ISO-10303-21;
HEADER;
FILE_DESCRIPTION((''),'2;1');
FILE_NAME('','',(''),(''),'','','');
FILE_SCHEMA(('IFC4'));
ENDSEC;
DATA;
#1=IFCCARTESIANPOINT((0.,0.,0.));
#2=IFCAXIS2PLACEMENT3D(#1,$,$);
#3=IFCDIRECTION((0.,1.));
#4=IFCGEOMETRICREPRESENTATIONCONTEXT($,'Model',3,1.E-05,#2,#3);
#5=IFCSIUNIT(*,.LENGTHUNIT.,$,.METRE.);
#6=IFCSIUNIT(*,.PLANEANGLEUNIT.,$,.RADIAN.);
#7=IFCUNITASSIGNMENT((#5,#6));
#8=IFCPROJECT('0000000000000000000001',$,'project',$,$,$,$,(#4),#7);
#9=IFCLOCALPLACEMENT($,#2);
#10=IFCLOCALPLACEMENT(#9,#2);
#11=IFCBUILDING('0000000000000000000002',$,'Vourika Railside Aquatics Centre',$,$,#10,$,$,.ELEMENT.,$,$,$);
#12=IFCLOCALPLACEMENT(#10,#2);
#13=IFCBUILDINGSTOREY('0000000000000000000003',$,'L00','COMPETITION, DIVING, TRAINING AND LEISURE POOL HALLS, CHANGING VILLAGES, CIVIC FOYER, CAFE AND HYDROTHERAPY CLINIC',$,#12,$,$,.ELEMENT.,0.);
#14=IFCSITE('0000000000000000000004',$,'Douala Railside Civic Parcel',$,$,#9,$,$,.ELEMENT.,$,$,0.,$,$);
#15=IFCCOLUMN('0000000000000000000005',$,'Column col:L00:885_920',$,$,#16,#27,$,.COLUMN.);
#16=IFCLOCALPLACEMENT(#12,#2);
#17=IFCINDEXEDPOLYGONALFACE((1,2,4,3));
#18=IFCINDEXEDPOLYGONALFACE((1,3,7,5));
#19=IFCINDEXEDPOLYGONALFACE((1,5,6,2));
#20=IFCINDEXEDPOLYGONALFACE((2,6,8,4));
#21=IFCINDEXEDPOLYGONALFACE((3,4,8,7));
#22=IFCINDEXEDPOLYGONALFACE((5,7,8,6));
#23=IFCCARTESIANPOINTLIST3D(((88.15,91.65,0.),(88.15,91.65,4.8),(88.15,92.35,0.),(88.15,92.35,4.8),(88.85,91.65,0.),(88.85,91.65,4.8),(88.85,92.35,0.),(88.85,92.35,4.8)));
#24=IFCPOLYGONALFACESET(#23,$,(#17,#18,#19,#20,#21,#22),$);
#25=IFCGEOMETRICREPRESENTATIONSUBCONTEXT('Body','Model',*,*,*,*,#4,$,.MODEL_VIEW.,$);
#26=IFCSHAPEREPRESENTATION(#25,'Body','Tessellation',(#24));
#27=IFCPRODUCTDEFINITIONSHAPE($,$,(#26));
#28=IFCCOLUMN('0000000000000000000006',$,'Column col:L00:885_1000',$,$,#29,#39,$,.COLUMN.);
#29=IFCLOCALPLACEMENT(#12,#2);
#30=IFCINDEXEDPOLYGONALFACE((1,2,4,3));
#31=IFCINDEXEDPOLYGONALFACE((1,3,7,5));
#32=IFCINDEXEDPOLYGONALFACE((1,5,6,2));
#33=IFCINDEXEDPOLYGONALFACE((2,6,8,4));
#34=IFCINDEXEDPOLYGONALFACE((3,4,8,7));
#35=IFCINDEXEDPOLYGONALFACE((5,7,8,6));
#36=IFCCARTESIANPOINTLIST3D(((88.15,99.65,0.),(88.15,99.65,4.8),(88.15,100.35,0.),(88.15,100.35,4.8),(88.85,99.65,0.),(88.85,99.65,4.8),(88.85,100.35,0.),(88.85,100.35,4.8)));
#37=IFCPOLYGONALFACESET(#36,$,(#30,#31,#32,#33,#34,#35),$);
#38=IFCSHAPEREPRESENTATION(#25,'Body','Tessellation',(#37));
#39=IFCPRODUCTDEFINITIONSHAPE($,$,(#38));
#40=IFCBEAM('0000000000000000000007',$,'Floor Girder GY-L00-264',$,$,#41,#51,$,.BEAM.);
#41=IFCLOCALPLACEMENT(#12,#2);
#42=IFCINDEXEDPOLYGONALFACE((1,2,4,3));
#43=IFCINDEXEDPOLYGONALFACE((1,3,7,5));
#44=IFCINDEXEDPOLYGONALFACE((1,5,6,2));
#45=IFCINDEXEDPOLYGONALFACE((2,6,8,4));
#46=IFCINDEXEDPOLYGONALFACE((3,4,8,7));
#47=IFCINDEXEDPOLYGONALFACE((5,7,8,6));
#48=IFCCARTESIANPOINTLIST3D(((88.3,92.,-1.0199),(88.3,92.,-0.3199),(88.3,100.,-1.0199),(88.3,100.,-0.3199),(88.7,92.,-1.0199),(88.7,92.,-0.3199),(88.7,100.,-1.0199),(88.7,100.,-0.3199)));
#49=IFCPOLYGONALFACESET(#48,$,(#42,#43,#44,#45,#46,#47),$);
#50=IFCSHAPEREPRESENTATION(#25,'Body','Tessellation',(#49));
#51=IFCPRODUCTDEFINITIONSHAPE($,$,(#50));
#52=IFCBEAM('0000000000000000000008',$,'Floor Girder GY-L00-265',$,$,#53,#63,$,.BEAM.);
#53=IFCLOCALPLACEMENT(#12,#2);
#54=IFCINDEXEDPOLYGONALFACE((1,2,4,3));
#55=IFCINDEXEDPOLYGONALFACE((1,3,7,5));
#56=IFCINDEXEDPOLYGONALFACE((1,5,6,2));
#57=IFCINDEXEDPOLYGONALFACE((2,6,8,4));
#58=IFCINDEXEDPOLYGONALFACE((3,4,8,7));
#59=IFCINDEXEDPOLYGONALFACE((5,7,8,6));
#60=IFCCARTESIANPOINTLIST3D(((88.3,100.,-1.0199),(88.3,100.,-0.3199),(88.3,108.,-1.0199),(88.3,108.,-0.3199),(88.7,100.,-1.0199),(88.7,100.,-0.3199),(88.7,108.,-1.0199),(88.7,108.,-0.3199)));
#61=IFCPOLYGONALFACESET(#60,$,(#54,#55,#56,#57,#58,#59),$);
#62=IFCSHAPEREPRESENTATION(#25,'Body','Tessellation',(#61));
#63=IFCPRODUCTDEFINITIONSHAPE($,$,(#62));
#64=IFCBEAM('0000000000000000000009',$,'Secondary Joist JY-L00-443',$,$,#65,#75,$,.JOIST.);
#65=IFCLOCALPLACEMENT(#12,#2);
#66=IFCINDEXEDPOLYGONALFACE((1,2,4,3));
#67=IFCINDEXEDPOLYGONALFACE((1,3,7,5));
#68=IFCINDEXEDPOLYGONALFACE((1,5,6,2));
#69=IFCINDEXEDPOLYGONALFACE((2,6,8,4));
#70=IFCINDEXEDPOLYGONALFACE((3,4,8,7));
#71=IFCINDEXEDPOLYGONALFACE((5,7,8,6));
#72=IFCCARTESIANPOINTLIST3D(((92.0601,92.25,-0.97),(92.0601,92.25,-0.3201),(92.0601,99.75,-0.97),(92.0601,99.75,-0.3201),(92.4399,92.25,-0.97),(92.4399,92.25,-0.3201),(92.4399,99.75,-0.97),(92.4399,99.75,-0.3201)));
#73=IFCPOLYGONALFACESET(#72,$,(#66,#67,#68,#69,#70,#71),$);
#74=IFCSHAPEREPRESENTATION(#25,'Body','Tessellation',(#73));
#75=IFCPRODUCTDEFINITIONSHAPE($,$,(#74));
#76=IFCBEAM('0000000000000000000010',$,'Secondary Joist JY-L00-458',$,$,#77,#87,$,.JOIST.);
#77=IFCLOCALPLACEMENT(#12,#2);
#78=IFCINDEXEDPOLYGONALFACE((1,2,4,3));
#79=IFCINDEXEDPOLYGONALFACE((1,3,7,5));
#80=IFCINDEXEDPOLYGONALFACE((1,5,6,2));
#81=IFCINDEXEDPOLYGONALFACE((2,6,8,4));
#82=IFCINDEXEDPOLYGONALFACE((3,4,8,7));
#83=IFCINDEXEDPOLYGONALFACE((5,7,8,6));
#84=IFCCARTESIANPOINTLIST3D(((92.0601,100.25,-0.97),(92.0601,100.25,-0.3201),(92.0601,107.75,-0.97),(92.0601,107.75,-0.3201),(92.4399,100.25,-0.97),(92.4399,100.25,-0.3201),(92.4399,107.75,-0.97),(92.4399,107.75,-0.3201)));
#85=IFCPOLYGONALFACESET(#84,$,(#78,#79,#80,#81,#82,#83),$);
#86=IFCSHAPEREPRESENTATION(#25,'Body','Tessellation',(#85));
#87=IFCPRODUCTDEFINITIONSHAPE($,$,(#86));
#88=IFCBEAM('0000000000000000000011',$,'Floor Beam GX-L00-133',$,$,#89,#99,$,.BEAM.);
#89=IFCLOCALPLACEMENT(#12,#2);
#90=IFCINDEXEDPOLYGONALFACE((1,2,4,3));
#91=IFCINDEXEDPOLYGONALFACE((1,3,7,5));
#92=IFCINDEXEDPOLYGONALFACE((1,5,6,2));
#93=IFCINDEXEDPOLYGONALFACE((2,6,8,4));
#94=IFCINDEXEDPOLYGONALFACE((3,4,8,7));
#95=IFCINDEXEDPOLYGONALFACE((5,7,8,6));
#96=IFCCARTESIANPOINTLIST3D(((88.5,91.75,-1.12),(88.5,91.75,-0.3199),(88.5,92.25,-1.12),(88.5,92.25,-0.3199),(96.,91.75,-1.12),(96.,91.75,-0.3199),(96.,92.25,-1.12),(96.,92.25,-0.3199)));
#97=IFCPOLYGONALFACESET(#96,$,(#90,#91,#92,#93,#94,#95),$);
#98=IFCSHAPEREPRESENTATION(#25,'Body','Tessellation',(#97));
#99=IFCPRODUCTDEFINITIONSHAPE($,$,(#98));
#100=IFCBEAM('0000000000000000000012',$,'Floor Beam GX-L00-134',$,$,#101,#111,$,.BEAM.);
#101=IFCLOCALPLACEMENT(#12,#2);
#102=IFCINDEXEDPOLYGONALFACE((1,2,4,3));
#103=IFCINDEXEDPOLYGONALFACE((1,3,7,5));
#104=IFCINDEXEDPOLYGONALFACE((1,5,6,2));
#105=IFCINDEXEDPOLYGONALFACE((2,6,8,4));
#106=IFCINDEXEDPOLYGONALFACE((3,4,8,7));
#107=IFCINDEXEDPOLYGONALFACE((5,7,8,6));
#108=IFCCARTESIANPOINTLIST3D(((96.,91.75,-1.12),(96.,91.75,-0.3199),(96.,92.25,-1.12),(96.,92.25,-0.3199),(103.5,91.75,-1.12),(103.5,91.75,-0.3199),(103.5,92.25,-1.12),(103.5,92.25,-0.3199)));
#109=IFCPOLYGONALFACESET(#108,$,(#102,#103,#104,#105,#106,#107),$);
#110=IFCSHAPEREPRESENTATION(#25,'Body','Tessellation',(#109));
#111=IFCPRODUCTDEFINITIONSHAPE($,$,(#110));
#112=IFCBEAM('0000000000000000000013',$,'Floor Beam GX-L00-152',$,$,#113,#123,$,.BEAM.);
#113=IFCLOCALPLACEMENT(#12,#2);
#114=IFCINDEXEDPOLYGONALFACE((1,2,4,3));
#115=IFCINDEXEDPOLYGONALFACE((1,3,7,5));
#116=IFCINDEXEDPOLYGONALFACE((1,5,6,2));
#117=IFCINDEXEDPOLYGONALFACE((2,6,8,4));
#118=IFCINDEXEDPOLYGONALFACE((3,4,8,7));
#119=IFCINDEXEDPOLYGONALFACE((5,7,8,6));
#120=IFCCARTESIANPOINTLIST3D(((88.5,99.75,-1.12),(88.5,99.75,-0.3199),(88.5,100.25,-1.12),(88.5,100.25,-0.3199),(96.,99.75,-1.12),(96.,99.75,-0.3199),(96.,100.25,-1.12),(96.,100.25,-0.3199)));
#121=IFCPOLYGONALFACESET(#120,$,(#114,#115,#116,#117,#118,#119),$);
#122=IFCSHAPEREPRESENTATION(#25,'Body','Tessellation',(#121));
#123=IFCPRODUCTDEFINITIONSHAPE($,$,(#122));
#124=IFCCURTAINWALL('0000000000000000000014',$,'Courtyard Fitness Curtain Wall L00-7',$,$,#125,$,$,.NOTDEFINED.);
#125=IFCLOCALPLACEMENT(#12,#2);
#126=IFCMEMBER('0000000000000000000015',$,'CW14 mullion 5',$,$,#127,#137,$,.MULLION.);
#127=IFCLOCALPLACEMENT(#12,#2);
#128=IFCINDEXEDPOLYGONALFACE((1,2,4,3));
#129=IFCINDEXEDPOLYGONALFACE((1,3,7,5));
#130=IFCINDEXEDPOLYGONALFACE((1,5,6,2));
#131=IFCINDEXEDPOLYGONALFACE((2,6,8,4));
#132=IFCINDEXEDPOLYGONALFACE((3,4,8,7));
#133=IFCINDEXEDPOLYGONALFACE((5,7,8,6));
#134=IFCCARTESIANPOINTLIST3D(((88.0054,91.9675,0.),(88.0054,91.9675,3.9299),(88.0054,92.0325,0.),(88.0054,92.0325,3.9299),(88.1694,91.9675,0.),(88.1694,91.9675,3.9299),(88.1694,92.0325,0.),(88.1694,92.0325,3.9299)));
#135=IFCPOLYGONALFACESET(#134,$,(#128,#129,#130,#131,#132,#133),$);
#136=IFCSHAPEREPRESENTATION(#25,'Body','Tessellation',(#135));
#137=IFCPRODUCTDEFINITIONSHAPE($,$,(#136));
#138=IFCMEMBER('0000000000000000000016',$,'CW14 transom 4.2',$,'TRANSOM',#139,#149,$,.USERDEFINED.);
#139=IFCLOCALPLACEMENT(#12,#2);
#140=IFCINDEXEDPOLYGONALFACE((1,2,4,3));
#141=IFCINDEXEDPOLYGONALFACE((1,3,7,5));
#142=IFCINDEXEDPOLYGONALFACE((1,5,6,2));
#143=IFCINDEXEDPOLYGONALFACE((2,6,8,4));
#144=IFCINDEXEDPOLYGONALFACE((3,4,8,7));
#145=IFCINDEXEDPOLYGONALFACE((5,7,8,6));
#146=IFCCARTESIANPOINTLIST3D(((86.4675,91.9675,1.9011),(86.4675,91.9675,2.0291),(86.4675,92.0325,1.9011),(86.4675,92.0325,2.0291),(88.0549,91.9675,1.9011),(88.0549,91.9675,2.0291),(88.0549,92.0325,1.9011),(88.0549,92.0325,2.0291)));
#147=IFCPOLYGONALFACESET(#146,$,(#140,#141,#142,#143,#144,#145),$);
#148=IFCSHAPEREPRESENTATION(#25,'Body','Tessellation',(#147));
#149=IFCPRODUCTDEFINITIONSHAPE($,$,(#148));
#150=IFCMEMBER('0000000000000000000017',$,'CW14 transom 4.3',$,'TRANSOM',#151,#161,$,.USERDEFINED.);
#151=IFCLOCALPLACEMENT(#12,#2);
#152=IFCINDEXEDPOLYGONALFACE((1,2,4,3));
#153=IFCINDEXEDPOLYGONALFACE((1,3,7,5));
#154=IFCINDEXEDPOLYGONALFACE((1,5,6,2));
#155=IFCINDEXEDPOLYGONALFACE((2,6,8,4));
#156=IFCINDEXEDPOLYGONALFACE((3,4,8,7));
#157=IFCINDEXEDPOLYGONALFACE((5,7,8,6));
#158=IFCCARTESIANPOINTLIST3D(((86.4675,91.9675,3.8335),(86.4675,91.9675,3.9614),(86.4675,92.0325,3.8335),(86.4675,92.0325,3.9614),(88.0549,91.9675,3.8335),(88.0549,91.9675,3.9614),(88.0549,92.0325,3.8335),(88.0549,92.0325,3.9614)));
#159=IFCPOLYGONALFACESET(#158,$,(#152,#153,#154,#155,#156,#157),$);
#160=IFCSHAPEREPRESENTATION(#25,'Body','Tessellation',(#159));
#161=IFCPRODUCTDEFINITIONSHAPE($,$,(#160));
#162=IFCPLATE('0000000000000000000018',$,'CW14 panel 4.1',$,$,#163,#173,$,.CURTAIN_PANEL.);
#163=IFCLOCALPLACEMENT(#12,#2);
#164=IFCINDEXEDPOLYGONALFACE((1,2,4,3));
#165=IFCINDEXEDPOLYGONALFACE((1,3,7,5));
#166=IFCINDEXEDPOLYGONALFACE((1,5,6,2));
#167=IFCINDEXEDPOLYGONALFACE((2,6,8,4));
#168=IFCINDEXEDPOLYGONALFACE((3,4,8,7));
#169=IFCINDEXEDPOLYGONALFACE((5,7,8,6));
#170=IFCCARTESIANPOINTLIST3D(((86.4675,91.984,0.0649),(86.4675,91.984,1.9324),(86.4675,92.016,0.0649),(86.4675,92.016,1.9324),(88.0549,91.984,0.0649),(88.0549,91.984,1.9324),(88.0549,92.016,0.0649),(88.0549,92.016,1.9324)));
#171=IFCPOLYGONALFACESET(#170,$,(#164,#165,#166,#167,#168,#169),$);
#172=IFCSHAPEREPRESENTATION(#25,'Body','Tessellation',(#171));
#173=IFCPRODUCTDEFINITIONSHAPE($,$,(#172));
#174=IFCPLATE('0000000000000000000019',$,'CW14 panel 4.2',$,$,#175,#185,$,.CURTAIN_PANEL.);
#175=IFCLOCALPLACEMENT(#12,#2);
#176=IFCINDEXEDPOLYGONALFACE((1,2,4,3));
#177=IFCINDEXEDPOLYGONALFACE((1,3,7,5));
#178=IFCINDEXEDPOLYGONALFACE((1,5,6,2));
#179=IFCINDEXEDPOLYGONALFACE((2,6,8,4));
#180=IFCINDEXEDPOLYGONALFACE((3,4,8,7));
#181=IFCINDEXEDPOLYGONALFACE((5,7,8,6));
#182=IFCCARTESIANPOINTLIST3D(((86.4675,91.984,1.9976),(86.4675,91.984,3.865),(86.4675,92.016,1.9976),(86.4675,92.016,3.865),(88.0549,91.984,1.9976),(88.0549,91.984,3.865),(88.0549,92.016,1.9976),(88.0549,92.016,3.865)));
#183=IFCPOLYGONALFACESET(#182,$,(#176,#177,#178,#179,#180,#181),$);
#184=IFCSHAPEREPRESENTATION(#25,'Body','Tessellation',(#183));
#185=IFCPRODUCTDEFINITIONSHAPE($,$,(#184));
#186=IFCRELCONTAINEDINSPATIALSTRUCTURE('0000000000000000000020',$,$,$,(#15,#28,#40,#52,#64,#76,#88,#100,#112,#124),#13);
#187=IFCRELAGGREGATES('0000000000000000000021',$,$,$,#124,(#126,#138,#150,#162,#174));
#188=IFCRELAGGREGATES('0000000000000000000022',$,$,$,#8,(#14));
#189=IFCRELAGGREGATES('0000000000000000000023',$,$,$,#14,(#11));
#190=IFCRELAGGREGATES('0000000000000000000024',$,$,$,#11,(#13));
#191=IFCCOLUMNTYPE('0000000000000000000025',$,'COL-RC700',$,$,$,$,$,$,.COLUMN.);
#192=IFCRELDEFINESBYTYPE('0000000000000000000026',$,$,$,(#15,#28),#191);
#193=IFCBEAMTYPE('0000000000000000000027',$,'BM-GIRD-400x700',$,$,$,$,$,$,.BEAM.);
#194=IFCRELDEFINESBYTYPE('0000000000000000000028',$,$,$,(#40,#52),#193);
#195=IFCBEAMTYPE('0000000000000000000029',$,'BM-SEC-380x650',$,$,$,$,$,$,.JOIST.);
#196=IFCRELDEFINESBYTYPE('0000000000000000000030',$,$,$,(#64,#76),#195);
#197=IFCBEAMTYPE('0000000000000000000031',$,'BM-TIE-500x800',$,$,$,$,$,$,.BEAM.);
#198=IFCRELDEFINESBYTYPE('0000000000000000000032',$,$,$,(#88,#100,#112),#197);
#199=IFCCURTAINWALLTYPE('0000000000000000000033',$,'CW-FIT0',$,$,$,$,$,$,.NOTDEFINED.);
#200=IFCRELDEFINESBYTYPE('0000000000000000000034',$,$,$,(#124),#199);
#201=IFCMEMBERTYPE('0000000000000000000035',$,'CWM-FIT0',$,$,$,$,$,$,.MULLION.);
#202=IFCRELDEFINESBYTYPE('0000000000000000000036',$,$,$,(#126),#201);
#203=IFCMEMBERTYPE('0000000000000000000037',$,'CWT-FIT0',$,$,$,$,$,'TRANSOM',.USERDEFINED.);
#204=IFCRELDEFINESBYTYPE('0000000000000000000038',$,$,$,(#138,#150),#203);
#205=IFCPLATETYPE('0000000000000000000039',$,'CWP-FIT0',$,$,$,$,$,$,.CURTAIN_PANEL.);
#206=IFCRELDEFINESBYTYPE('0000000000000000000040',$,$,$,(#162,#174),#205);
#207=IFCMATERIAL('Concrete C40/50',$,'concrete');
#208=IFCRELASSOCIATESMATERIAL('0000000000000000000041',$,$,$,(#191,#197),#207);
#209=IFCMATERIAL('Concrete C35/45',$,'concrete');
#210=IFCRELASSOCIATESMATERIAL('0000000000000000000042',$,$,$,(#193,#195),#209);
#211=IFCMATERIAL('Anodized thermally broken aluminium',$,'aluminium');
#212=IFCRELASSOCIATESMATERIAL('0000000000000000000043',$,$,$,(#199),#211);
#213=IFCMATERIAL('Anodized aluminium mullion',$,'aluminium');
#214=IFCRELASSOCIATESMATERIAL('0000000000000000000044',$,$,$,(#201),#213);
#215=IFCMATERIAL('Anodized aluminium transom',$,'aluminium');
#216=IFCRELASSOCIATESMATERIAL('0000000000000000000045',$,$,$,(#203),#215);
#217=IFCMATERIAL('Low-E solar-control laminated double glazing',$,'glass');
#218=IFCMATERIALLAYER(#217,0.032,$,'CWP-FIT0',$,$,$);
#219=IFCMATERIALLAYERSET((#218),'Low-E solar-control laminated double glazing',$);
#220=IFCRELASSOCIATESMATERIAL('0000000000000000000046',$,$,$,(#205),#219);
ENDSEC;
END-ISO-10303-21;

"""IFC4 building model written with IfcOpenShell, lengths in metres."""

from ifc_helpers import new_model, si_unit, direction, frame, origin, origin_2d, place, context, subcontext, project, spatial, rectangle, extrude, material, layer, layer_set, material_profile, profile_set, type_object, element, aggregate, save


model = new_model("IFC4")

# Units and contexts
model_context = context("Model", 3, precision=1e-05, world=origin(), true_north=direction((0.0, 1.0)))
body_context = subcontext(model_context, "Body", "Model", "MODEL_VIEW")
ifc_project = project(units=[si_unit("LENGTHUNIT", "METRE"), si_unit("PLANEANGLEUNIT", "RADIAN")], contexts=[model_context])

# Site, building, storey
site_placement = place(None, origin())
site = spatial("IfcSite", under=ifc_project, at=site_placement, Name="Douala Railside Civic Parcel", CompositionType="ELEMENT", RefElevation=0.0)
building_placement = place(site_placement, origin())
building = spatial("IfcBuilding", under=site, at=building_placement, Name="Vourika Railside Aquatics Centre", CompositionType="ELEMENT")
storey_placement = place(building_placement, origin())
storey = spatial("IfcBuildingStorey", under=building, at=storey_placement, Name="L00", Description="COMPETITION, DIVING, TRAINING AND LEISURE POOL HALLS, CHANGING VILLAGES, CIVIC FOYER, CAFE AND HYDROTHERAPY CLINIC", CompositionType="ELEMENT", Elevation=0.0)

# Columns
ifc_material_1 = material(Name="Concrete C40/50", Category="concrete")
ifc_material_profile_1 = material_profile(ifc_material_1, rectangle(XDim=0.7, YDim=0.7, at=origin_2d()), Name="RC 700x700")
ifc_profile_set_1 = profile_set([ifc_material_profile_1], Name="Concrete C40/50")
column_type = type_object("IfcColumnType", Name="COL-RC700", PredefinedType="COLUMN", material=ifc_profile_set_1)
for number, where, z_axis, x_axis, name in (
    (1, (88.5, 92.0, 0.0), (0.0, 0.0, 1.0), (1.0, 0.0, 0.0), "Column col:L00:885_920"),
    (2, (88.5, 100.0, 0.0), (0.0, 0.0, 1.0), (1.0, 0.0, 0.0), "Column col:L00:885_1000"),
):
    element("IfcColumn", number, at=place(storey_placement, frame(where, z_axis=z_axis, x_axis=x_axis)), inside=storey, type_object=column_type, Name=name, PredefinedType="COLUMN", context=body_context, shape_type="SweptSolid", body=[
        extrude(rectangle(XDim=0.7, YDim=0.7, at=origin_2d()), origin(), (0.0, 0.0, 1.0), 4.8),
    ])

# Beams
ifc_material_2 = material(Name="Concrete C35/45", Category="concrete")
ifc_material_profile_2 = material_profile(ifc_material_2, rectangle(XDim=0.3999, YDim=0.7, at=origin_2d()), Name="RC 400x700")
ifc_profile_set_2 = profile_set([ifc_material_profile_2], Name="Concrete C35/45")
beam_type_1 = type_object("IfcBeamType", Name="BM-GIRD-400x700", PredefinedType="BEAM", material=ifc_profile_set_2)
for number, where, z_axis, x_axis, name in (
    (3, (88.5, 92.0, -0.6699), (0.0, 1.0, 0.0), (-1.0, 0.0, 0.0), "Floor Girder GY-L00-264"),
    (4, (88.5, 100.0, -0.6699), (0.0, 1.0, 0.0), (-1.0, 0.0, 0.0), "Floor Girder GY-L00-265"),
):
    element("IfcBeam", number, at=place(storey_placement, frame(where, z_axis=z_axis, x_axis=x_axis)), inside=storey, type_object=beam_type_1, Name=name, PredefinedType="BEAM", context=body_context, shape_type="SweptSolid", body=[
        extrude(rectangle(XDim=0.3999, YDim=0.7, at=origin_2d()), origin(), (0.0, 0.0, 1.0), 8.0),
    ])
ifc_material_profile_3 = material_profile(ifc_material_2, rectangle(XDim=0.3799, YDim=0.6499, at=origin_2d()), Name="RC 380x650")
ifc_profile_set_3 = profile_set([ifc_material_profile_3], Name="Concrete C35/45")
beam_type_2 = type_object("IfcBeamType", Name="BM-SEC-380x650", PredefinedType="JOIST", material=ifc_profile_set_3)
for number, where, z_axis, x_axis, name in (
    (5, (92.25, 92.25, -0.645), (0.0, 1.0, 0.0), (-1.0, 0.0, 0.0), "Secondary Joist JY-L00-443"),
    (6, (92.25, 100.25, -0.645), (0.0, 1.0, 0.0), (-1.0, 0.0, 0.0), "Secondary Joist JY-L00-458"),
):
    element("IfcBeam", number, at=place(storey_placement, frame(where, z_axis=z_axis, x_axis=x_axis)), inside=storey, type_object=beam_type_2, Name=name, PredefinedType="JOIST", context=body_context, shape_type="SweptSolid", body=[
        extrude(rectangle(XDim=0.3799, YDim=0.6499, at=origin_2d()), origin(), (0.0, 0.0, 1.0), 7.5),
    ])
ifc_material_profile_4 = material_profile(ifc_material_1, rectangle(XDim=0.5, YDim=0.8, at=origin_2d()), Name="RC 500x800")
ifc_profile_set_4 = profile_set([ifc_material_profile_4], Name="Concrete C40/50")
beam_type_3 = type_object("IfcBeamType", Name="BM-TIE-500x800", PredefinedType="BEAM", material=ifc_profile_set_4)
for number, where, z_axis, x_axis, name in (
    (7, (88.5, 92.0, -0.72), (1.0, 0.0, 0.0), (0.0, 1.0, 0.0), "Floor Beam GX-L00-133"),
    (8, (96.0, 92.0, -0.72), (1.0, 0.0, 0.0), (0.0, 1.0, 0.0), "Floor Beam GX-L00-134"),
    (9, (88.5, 100.0, -0.72), (1.0, 0.0, 0.0), (0.0, 1.0, 0.0), "Floor Beam GX-L00-152"),
):
    element("IfcBeam", number, at=place(storey_placement, frame(where, z_axis=z_axis, x_axis=x_axis)), inside=storey, type_object=beam_type_3, Name=name, PredefinedType="BEAM", context=body_context, shape_type="SweptSolid", body=[
        extrude(rectangle(XDim=0.5, YDim=0.8, at=origin_2d()), origin(), (0.0, 0.0, 1.0), 7.5),
    ])

# Curtain wall, members, plates
ifc_material_3 = material(Name="Anodized thermally broken aluminium", Category="aluminium")
curtain_wall_type = type_object("IfcCurtainWallType", Name="CW-FIT0", PredefinedType="NOTDEFINED", material=ifc_material_3)
curtain_wall_placement = place(storey_placement, origin())
curtain_wall = element("IfcCurtainWall", 10, at=curtain_wall_placement, inside=storey, type_object=curtain_wall_type, Name="Courtyard Fitness Curtain Wall L00-7", PredefinedType="NOTDEFINED")
ifc_material_4 = material(Name="Anodized aluminium mullion", Category="aluminium")
ifc_material_profile_5 = material_profile(ifc_material_4, rectangle(XDim=0.0649, YDim=0.1641, at=origin_2d()), Name="ALU-M 65x164")
ifc_profile_set_5 = profile_set([ifc_material_profile_5], Name="Anodized aluminium mullion")
member_type_1 = type_object("IfcMemberType", Name="CWM-FIT0", PredefinedType="MULLION", material=ifc_profile_set_5)
member_1_placement = place(storey_placement, frame((88.0874, 92.0, 0.0), z_axis=(0.0, 0.0, 1.0), x_axis=(0.0, 1.0, 0.0)))
member_1 = element("IfcMember", 11, at=member_1_placement, type_object=member_type_1, Name="CW14 mullion 5", PredefinedType="MULLION", context=body_context, shape_type="SweptSolid", body=[
    extrude(rectangle(XDim=0.0649, YDim=0.1641, at=origin_2d()), origin(), (0.0, 0.0, 1.0), 3.9299),
])
ifc_material_5 = material(Name="Anodized aluminium transom", Category="aluminium")
ifc_material_profile_6 = material_profile(ifc_material_5, rectangle(XDim=0.0649, YDim=0.1279, at=origin_2d()), Name="ALU-T 65x128")
ifc_profile_set_6 = profile_set([ifc_material_profile_6], Name="Anodized aluminium transom")
member_type_2 = type_object("IfcMemberType", Name="CWT-FIT0", ElementType="TRANSOM", PredefinedType="USERDEFINED", material=ifc_profile_set_6)
member_2_placement = place(storey_placement, frame((86.4675, 92.0, 1.9651), z_axis=(1.0, 0.0, 0.0), x_axis=(0.0, 1.0, 0.0)))
member_2 = element("IfcMember", 12, at=member_2_placement, type_object=member_type_2, Name="CW14 transom 4.2", ObjectType="TRANSOM", PredefinedType="USERDEFINED", context=body_context, shape_type="SweptSolid", body=[
    extrude(rectangle(XDim=0.0649, YDim=0.1279, at=origin_2d()), origin(), (0.0, 0.0, 1.0), 1.5874),
])
member_3_placement = place(storey_placement, frame((86.4675, 92.0, 3.8975), z_axis=(1.0, 0.0, 0.0), x_axis=(0.0, 1.0, 0.0)))
member_3 = element("IfcMember", 13, at=member_3_placement, type_object=member_type_2, Name="CW14 transom 4.3", ObjectType="TRANSOM", PredefinedType="USERDEFINED", context=body_context, shape_type="SweptSolid", body=[
    extrude(rectangle(XDim=0.0649, YDim=0.1279, at=origin_2d()), origin(), (0.0, 0.0, 1.0), 1.5874),
])
ifc_material_6 = material(Name="Low-E solar-control laminated double glazing", Category="glass")
ifc_layer_1 = layer(ifc_material_6, 0.032, Name="CWP-FIT0")
ifc_layer_set_1 = layer_set([ifc_layer_1], Name="Low-E solar-control laminated double glazing")
plate_type = type_object("IfcPlateType", Name="CWP-FIT0", PredefinedType="CURTAIN_PANEL", material=ifc_layer_set_1)
plate_1_placement = place(storey_placement, frame((87.2612, 92.0, 0.0649), z_axis=(0.0, 0.0, 1.0), x_axis=(1.0, 0.0, 0.0)))
plate_1 = element("IfcPlate", 14, at=plate_1_placement, type_object=plate_type, Name="CW14 panel 4.1", PredefinedType="CURTAIN_PANEL", context=body_context, shape_type="SweptSolid", body=[
    extrude(rectangle(XDim=1.5874, YDim=0.032, at=origin_2d()), origin(), (0.0, 0.0, 1.0), 1.8674),
])
plate_2_placement = place(storey_placement, frame((87.2612, 92.0, 1.9976), z_axis=(0.0, 0.0, 1.0), x_axis=(1.0, 0.0, 0.0)))
plate_2 = element("IfcPlate", 15, at=plate_2_placement, type_object=plate_type, Name="CW14 panel 4.2", PredefinedType="CURTAIN_PANEL", context=body_context, shape_type="SweptSolid", body=[
    extrude(rectangle(XDim=1.5874, YDim=0.032, at=origin_2d()), origin(), (0.0, 0.0, 1.0), 1.8674),
])
aggregate(curtain_wall, [member_1, member_2, member_3, plate_1, plate_2])

save(model, "model.ifc")
